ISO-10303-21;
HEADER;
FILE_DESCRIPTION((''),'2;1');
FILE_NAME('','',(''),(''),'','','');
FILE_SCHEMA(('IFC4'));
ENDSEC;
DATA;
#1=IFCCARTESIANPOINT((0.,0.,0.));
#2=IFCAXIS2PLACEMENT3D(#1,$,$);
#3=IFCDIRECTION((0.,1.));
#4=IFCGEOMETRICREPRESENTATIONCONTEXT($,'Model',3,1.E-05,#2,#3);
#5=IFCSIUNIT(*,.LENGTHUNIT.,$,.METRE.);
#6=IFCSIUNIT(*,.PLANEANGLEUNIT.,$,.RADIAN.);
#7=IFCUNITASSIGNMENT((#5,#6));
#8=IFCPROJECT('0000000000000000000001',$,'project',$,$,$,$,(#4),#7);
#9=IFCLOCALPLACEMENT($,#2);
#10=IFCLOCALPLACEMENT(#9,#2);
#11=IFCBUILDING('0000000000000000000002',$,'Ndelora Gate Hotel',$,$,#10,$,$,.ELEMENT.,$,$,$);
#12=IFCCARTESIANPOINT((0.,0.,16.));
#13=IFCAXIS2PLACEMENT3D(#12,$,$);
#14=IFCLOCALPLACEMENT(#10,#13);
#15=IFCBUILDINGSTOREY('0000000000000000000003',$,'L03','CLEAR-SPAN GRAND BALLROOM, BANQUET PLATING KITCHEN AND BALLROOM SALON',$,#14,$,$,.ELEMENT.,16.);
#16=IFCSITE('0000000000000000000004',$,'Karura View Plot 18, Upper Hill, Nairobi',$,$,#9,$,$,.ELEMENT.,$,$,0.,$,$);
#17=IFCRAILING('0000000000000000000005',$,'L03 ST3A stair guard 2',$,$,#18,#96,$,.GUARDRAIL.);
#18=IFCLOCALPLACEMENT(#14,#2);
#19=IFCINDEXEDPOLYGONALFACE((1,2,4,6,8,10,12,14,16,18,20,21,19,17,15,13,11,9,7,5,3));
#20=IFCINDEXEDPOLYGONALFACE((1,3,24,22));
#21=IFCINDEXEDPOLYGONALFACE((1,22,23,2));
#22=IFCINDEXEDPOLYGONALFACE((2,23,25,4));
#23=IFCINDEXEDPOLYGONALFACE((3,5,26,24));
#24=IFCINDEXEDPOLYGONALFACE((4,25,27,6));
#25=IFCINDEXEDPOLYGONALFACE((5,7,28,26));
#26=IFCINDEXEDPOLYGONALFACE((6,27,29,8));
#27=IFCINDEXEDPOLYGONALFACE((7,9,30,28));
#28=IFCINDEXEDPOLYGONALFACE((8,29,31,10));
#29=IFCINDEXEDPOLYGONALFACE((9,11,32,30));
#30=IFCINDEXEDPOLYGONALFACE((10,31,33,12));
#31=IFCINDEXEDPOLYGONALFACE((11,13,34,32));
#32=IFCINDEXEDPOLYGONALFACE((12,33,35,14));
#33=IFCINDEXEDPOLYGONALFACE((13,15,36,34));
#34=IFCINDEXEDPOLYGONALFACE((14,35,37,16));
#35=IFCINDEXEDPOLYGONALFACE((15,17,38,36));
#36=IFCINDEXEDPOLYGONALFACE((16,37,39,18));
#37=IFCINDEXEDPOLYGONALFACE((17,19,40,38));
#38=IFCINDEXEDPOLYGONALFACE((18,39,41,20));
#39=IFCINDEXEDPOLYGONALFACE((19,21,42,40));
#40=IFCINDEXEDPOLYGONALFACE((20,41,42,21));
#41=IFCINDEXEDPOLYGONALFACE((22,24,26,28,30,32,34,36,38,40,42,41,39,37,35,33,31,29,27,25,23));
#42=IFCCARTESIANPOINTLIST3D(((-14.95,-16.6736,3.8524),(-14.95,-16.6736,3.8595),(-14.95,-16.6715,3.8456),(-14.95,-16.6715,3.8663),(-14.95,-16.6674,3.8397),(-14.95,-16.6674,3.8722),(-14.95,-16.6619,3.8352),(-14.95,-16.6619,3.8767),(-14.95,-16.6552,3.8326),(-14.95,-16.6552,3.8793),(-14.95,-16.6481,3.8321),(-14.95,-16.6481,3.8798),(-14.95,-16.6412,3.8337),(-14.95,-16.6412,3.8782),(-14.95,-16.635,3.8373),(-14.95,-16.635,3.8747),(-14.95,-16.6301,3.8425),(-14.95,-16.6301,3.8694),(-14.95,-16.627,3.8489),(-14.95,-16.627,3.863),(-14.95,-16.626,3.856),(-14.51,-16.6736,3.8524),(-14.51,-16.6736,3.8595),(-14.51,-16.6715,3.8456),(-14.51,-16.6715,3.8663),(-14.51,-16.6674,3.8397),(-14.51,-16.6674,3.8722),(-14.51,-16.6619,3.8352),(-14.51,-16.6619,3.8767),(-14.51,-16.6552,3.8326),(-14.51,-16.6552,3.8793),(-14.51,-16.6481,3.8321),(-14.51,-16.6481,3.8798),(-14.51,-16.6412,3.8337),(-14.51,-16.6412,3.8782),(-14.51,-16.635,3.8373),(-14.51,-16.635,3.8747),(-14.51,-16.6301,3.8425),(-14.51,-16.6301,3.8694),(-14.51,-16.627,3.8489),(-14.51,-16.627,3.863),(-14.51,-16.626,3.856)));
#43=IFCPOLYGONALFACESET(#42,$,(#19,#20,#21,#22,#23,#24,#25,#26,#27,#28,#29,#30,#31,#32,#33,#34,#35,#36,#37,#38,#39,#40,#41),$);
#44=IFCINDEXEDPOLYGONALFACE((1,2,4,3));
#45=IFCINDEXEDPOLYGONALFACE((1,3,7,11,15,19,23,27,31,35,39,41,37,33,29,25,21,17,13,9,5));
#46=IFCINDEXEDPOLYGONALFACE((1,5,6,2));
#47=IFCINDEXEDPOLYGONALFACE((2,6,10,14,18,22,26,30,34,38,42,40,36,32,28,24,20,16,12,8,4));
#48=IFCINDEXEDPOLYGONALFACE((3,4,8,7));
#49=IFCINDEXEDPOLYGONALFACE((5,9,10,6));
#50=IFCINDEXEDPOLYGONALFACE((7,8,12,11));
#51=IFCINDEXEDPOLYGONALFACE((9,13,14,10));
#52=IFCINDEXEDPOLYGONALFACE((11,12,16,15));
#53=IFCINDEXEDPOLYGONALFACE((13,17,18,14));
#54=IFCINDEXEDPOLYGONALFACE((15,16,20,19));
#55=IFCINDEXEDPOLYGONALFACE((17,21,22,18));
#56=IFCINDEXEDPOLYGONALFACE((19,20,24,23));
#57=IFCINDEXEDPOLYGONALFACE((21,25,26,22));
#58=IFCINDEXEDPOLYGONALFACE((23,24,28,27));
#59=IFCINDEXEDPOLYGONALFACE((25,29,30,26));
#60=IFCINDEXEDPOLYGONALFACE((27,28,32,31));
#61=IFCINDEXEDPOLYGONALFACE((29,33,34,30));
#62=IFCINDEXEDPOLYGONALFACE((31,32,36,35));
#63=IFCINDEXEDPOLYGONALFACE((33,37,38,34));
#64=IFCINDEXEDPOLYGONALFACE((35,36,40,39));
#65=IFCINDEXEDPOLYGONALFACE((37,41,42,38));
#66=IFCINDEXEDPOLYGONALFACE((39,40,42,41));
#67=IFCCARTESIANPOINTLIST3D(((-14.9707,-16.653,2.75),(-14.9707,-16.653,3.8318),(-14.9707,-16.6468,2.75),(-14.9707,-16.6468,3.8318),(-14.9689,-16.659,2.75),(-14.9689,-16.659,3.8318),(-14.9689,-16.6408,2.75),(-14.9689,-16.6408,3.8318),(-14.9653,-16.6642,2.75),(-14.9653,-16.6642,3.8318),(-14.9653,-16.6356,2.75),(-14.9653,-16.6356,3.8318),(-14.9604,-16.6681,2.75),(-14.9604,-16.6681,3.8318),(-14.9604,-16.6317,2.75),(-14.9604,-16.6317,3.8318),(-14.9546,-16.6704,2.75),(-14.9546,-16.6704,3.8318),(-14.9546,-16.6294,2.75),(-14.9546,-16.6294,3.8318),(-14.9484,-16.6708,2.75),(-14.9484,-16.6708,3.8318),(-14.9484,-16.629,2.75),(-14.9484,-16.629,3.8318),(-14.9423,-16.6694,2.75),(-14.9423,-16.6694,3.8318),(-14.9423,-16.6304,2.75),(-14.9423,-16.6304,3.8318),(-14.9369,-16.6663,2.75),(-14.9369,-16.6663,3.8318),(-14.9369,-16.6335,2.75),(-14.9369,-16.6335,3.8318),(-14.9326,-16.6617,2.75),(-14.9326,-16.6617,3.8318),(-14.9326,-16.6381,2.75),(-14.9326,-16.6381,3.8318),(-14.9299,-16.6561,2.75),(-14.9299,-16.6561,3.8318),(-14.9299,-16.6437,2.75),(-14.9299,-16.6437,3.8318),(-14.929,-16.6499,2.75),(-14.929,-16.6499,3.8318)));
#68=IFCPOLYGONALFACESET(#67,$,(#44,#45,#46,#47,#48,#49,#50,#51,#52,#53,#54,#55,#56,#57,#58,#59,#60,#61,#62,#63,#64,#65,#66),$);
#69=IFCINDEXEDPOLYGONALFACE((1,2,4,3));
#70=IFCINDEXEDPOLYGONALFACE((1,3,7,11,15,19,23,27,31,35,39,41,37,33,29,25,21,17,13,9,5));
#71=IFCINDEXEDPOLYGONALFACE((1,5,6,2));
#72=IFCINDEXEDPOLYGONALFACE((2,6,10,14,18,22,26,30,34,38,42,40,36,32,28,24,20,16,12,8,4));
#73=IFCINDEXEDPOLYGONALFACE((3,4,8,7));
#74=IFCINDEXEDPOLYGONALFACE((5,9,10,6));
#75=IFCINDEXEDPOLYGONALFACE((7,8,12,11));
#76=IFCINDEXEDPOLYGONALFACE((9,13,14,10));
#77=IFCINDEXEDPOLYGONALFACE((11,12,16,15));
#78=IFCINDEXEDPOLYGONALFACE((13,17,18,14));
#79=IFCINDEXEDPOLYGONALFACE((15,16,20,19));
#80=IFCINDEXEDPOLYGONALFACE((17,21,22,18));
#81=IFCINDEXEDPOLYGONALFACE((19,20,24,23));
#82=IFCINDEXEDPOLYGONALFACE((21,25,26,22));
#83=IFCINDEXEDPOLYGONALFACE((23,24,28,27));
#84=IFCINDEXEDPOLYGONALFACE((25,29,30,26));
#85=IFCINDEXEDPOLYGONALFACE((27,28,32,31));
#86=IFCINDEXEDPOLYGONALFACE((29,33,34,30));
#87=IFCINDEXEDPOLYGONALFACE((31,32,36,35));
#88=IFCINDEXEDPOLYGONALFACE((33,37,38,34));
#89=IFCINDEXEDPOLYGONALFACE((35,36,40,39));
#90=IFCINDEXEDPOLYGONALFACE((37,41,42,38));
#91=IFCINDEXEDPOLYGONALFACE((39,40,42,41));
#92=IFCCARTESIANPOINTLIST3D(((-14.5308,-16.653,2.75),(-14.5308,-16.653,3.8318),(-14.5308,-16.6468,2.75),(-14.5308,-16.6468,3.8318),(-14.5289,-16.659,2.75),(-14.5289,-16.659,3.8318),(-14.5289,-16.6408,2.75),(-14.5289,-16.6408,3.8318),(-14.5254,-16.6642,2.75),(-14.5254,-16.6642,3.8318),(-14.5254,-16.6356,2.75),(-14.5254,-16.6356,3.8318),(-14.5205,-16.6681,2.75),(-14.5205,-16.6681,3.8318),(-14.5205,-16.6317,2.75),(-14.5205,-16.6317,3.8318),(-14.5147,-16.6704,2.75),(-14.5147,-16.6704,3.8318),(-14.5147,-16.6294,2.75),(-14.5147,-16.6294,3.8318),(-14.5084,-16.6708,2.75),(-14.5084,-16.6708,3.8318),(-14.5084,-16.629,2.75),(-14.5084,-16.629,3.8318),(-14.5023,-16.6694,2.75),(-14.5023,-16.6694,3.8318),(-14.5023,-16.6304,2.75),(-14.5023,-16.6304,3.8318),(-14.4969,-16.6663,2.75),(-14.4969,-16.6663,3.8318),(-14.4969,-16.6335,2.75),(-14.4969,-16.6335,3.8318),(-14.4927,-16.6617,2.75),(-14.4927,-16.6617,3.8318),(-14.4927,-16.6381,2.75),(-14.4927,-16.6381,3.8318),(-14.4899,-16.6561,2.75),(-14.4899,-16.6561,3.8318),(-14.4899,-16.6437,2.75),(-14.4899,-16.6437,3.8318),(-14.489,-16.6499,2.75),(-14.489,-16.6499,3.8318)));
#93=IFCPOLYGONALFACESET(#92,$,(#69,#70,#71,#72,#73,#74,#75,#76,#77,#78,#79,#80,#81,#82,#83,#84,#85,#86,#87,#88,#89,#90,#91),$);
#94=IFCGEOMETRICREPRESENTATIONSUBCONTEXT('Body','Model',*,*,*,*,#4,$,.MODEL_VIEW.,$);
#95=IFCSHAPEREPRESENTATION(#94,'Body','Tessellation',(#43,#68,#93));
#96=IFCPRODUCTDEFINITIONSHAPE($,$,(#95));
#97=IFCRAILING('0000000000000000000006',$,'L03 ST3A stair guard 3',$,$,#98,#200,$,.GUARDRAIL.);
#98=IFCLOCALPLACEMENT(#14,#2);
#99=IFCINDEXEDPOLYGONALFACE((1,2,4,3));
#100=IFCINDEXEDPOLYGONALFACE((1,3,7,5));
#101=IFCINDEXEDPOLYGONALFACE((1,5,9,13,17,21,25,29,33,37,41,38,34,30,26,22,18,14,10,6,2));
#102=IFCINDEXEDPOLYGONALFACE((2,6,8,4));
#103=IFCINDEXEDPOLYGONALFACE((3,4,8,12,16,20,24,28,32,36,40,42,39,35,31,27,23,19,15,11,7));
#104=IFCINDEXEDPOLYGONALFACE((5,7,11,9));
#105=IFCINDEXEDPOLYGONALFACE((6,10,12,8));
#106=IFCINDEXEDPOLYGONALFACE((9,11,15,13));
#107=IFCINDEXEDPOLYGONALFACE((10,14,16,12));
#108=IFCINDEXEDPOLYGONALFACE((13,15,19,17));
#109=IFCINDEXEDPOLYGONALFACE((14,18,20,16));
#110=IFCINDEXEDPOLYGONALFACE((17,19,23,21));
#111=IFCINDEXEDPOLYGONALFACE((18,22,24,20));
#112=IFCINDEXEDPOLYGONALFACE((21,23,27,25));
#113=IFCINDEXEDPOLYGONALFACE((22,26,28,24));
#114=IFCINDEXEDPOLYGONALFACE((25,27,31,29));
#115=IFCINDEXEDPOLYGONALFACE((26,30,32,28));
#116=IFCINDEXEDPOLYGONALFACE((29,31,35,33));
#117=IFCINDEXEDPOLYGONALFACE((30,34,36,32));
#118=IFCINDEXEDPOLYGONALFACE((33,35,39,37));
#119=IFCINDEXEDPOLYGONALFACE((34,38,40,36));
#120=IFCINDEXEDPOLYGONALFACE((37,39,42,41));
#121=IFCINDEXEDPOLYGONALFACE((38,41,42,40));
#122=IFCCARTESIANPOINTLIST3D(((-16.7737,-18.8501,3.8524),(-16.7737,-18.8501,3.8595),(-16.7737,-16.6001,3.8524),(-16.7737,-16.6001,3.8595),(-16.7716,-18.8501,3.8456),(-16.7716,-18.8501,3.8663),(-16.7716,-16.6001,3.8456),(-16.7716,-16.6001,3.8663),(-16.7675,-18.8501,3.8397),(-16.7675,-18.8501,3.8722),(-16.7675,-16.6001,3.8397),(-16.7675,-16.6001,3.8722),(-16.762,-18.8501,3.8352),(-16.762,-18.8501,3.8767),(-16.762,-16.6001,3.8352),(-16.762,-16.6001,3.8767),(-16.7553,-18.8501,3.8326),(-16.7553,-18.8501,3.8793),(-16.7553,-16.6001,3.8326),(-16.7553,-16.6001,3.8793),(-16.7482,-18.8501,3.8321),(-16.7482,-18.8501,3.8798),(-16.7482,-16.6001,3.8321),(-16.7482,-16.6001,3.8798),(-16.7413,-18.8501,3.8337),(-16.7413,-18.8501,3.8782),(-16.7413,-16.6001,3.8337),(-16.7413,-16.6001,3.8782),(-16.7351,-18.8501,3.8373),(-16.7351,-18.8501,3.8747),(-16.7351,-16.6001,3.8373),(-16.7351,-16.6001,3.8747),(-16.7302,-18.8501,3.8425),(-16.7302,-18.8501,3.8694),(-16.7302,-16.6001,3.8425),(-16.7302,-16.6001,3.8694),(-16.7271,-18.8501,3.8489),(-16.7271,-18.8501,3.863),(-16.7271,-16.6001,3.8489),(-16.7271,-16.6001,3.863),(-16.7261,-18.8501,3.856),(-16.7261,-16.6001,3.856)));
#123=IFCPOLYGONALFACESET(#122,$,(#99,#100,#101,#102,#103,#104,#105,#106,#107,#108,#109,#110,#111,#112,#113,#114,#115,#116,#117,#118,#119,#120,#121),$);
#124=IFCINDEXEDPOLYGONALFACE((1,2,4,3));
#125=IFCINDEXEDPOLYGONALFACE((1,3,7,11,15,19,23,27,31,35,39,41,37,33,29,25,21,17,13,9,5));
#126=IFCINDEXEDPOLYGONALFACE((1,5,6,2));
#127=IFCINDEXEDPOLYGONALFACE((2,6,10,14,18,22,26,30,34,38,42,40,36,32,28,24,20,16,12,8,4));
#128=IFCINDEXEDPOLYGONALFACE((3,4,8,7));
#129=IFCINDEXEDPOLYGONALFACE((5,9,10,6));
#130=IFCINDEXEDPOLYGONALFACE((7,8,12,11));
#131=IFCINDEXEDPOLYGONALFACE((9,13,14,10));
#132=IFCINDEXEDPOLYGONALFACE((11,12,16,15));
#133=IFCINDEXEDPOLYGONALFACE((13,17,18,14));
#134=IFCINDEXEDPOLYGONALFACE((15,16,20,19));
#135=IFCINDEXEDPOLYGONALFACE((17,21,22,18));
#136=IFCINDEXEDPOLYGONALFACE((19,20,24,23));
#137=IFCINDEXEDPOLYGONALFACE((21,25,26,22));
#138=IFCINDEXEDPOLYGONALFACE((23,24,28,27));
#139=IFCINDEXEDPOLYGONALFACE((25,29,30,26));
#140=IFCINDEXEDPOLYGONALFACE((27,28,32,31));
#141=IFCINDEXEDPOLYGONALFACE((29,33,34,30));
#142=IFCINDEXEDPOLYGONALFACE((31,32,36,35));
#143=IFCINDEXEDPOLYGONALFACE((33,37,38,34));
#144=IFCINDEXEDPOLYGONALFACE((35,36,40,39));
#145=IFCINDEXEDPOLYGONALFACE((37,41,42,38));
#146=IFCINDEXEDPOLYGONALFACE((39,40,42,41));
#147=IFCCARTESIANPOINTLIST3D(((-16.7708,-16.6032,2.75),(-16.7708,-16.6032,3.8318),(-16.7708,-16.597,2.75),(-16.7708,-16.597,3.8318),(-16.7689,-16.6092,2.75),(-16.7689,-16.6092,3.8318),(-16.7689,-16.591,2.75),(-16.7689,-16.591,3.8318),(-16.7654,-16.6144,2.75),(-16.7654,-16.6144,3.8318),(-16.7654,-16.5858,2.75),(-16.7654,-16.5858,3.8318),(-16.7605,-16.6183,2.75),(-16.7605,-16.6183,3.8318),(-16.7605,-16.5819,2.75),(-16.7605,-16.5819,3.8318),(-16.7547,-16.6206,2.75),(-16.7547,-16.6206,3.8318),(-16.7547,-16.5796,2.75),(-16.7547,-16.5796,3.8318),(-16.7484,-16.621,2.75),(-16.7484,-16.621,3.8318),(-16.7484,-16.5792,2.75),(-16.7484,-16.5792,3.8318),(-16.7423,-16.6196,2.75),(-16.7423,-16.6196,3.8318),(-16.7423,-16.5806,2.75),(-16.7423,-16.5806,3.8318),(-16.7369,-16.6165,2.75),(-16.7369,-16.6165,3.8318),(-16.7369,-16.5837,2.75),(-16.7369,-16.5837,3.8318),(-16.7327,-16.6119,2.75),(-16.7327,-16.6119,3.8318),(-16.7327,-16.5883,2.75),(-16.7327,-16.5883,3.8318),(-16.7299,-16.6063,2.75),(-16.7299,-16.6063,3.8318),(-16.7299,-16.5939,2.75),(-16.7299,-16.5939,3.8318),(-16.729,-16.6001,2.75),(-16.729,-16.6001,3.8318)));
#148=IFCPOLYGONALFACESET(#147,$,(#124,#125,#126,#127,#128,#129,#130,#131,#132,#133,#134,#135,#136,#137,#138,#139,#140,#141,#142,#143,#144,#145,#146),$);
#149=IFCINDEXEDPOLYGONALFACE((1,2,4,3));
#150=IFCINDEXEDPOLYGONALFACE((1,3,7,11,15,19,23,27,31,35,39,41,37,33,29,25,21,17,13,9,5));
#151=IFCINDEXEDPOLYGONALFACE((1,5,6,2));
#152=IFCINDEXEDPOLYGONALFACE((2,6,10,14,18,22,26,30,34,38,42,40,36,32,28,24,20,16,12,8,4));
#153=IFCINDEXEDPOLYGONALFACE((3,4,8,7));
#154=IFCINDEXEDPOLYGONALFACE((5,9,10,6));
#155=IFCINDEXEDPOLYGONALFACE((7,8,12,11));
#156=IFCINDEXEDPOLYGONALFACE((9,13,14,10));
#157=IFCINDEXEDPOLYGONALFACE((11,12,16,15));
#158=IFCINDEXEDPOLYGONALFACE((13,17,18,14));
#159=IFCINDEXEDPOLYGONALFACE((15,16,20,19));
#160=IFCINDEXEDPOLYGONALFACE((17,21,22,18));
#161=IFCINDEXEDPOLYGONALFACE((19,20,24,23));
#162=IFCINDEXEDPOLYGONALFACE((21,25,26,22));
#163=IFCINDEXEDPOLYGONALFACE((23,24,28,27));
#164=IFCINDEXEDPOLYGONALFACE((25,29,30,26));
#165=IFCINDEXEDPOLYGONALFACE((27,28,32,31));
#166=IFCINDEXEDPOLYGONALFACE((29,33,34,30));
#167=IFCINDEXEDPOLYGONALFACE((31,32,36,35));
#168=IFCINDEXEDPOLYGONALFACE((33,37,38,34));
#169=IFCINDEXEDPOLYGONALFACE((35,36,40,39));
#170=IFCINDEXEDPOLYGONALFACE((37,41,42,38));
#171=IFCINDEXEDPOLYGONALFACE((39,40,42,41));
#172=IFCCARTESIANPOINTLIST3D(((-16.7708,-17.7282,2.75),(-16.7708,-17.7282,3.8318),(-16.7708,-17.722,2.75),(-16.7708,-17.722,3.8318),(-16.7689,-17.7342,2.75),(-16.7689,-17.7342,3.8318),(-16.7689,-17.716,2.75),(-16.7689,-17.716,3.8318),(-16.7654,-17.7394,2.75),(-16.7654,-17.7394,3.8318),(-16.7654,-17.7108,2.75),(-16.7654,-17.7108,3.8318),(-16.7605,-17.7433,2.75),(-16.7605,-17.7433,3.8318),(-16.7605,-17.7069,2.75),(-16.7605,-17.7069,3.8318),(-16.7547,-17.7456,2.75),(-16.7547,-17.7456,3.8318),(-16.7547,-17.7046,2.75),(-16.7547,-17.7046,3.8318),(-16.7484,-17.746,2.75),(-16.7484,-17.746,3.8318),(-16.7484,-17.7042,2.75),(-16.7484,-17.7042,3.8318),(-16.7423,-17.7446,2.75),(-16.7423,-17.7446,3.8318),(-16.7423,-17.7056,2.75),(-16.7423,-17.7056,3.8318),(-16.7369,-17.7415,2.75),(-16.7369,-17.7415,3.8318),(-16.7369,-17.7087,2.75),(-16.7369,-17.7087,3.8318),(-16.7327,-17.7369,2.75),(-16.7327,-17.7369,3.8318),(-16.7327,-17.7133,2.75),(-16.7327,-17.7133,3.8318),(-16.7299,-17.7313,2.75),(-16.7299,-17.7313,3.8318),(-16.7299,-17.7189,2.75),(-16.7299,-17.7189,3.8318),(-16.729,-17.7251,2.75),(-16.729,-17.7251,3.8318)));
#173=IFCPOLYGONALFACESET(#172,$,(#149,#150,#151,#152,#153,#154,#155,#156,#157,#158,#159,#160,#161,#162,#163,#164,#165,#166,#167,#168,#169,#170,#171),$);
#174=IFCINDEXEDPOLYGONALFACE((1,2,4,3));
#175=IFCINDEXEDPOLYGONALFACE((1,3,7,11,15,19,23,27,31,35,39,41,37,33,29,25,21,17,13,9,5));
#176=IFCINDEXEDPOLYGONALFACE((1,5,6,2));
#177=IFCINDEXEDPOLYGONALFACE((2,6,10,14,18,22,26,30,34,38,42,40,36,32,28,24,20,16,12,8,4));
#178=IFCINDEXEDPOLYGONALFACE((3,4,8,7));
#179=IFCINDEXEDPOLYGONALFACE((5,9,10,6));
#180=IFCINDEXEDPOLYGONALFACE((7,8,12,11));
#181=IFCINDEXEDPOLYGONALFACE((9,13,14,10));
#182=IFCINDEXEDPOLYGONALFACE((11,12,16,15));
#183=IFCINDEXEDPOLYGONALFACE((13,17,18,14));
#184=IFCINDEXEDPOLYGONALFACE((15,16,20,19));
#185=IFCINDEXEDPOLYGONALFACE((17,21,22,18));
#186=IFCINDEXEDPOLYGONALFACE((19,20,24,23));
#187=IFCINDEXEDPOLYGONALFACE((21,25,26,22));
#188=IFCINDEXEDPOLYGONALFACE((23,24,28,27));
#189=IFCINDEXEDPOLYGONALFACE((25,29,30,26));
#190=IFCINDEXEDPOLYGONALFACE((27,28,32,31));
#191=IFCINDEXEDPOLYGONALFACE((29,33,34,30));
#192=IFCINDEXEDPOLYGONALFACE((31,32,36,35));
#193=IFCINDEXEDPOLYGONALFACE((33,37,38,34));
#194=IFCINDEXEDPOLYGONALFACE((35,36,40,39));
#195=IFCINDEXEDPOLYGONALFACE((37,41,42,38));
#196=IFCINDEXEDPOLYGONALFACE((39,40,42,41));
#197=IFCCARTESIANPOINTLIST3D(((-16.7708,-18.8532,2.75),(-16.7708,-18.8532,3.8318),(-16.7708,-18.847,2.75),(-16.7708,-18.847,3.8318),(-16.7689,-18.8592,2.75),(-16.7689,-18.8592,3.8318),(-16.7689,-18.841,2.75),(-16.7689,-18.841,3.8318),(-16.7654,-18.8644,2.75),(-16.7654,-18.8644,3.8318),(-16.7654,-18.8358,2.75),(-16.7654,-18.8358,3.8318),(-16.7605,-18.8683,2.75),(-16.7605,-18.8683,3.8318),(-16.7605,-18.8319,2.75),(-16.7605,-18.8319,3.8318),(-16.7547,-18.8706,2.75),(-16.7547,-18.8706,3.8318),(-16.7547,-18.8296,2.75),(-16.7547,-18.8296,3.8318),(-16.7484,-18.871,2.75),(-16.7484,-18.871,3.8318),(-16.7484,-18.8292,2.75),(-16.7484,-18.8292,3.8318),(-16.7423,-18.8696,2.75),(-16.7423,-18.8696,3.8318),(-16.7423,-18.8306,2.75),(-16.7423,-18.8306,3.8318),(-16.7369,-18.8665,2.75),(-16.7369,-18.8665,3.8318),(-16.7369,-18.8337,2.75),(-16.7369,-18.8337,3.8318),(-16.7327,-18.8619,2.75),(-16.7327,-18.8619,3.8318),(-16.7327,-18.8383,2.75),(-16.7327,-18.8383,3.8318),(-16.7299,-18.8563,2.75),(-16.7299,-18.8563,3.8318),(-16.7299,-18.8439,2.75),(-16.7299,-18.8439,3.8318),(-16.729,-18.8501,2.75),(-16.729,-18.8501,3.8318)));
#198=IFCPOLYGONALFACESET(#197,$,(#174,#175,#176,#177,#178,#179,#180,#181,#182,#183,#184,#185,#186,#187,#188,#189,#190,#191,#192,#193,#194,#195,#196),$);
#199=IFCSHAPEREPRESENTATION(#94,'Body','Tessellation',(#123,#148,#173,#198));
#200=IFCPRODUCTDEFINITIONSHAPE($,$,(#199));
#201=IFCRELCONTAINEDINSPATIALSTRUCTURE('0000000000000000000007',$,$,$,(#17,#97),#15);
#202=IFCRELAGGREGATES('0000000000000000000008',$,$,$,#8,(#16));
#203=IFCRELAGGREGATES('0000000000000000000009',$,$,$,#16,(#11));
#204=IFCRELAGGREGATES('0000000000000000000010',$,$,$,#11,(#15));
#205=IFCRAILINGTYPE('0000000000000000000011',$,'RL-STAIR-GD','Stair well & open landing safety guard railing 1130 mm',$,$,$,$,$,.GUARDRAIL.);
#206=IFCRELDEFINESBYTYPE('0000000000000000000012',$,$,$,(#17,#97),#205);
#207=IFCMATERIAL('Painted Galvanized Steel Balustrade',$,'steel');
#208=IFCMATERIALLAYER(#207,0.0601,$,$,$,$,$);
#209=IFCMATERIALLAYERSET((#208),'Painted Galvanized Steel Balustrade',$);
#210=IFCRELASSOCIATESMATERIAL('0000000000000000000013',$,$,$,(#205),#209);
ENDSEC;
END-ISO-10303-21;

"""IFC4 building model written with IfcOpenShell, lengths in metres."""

from ifc_helpers import new_model, si_unit, direction, frame, origin, origin_2d, place, context, subcontext, project, spatial, circle, extrude, material, layer, layer_set, type_object, element, save


model = new_model("IFC4")

# Units and contexts
model_context = context("Model", 3, precision=1e-05, world=origin(), true_north=direction((0.0, 1.0)))
body_context = subcontext(model_context, "Body", "Model", "MODEL_VIEW")
ifc_project = project(units=[si_unit("LENGTHUNIT", "METRE"), si_unit("PLANEANGLEUNIT", "RADIAN")], contexts=[model_context])

# Site, building, storey
site_placement = place(None, origin())
site = spatial("IfcSite", under=ifc_project, at=site_placement, Name="Karura View Plot 18, Upper Hill, Nairobi", CompositionType="ELEMENT", RefElevation=0.0)
building_placement = place(site_placement, origin())
building = spatial("IfcBuilding", under=site, at=building_placement, Name="Ndelora Gate Hotel", CompositionType="ELEMENT")
storey_placement = place(building_placement, frame((0.0, 0.0, 16.0)))
storey = spatial("IfcBuildingStorey", under=building, at=storey_placement, Name="L03", Description="CLEAR-SPAN GRAND BALLROOM, BANQUET PLATING KITCHEN AND BALLROOM SALON", CompositionType="ELEMENT", Elevation=16.0)

# Railings
ifc_material_1 = material(Name="Painted Galvanized Steel Balustrade", Category="steel")
ifc_layer_1 = layer(ifc_material_1, 0.0601)
ifc_layer_set_1 = layer_set([ifc_layer_1], Name="Painted Galvanized Steel Balustrade")
railing_type_1 = type_object("IfcRailingType", Name="RL-STAIR-GD", Description="Stair well & open landing safety guard railing 1130 mm", PredefinedType="GUARDRAIL", material=ifc_layer_set_1)
railing_1_placement = place(storey_placement, frame((-14.95, -16.6499, 2.75)))
element("IfcRailing", 1, at=railing_1_placement, inside=storey, type_object=railing_type_1, Name="L03 ST3A stair guard 2", PredefinedType="GUARDRAIL", context=body_context, shape_type="SweptSolid", body=[
    extrude(circle(Radius=0.0239, at=origin_2d()), frame((0.0, 0.0, 1.106), z_axis=(1.0, 0.0, 0.0), x_axis=(0.0, 1.0, 0.0)), (0.0, 0.0, 1.0), 0.4399),
    extrude(circle(Radius=0.021, at=origin_2d()), origin(), (0.0, 0.0, 1.0), 1.0818),
    extrude(circle(Radius=0.021, at=origin_2d()), frame((0.4399, 0.0, 0.0)), (0.0, 0.0, 1.0), 1.0818),
])
railing_2_placement = place(storey_placement, frame((-16.75, -16.6001, 2.75)))
element("IfcRailing", 2, at=railing_2_placement, inside=storey, type_object=railing_type_1, Name="L03 ST3A stair guard 3", PredefinedType="GUARDRAIL", context=body_context, shape_type="SweptSolid", body=[
    extrude(circle(Radius=0.0239, at=origin_2d()), frame((0.0, 0.0, 1.106), z_axis=(0.0, -1.0, 0.0), x_axis=(1.0, 0.0, 0.0)), (0.0, 0.0, 1.0), 2.25),
    extrude(circle(Radius=0.021, at=origin_2d()), origin(), (0.0, 0.0, 1.0), 1.0818),
    extrude(circle(Radius=0.021, at=origin_2d()), frame((0.0, -1.125, 0.0)), (0.0, 0.0, 1.0), 1.0818),
    extrude(circle(Radius=0.021, at=origin_2d()), frame((0.0, -2.25, 0.0)), (0.0, 0.0, 1.0), 1.0818),
])

save(model, "model.ifc")
